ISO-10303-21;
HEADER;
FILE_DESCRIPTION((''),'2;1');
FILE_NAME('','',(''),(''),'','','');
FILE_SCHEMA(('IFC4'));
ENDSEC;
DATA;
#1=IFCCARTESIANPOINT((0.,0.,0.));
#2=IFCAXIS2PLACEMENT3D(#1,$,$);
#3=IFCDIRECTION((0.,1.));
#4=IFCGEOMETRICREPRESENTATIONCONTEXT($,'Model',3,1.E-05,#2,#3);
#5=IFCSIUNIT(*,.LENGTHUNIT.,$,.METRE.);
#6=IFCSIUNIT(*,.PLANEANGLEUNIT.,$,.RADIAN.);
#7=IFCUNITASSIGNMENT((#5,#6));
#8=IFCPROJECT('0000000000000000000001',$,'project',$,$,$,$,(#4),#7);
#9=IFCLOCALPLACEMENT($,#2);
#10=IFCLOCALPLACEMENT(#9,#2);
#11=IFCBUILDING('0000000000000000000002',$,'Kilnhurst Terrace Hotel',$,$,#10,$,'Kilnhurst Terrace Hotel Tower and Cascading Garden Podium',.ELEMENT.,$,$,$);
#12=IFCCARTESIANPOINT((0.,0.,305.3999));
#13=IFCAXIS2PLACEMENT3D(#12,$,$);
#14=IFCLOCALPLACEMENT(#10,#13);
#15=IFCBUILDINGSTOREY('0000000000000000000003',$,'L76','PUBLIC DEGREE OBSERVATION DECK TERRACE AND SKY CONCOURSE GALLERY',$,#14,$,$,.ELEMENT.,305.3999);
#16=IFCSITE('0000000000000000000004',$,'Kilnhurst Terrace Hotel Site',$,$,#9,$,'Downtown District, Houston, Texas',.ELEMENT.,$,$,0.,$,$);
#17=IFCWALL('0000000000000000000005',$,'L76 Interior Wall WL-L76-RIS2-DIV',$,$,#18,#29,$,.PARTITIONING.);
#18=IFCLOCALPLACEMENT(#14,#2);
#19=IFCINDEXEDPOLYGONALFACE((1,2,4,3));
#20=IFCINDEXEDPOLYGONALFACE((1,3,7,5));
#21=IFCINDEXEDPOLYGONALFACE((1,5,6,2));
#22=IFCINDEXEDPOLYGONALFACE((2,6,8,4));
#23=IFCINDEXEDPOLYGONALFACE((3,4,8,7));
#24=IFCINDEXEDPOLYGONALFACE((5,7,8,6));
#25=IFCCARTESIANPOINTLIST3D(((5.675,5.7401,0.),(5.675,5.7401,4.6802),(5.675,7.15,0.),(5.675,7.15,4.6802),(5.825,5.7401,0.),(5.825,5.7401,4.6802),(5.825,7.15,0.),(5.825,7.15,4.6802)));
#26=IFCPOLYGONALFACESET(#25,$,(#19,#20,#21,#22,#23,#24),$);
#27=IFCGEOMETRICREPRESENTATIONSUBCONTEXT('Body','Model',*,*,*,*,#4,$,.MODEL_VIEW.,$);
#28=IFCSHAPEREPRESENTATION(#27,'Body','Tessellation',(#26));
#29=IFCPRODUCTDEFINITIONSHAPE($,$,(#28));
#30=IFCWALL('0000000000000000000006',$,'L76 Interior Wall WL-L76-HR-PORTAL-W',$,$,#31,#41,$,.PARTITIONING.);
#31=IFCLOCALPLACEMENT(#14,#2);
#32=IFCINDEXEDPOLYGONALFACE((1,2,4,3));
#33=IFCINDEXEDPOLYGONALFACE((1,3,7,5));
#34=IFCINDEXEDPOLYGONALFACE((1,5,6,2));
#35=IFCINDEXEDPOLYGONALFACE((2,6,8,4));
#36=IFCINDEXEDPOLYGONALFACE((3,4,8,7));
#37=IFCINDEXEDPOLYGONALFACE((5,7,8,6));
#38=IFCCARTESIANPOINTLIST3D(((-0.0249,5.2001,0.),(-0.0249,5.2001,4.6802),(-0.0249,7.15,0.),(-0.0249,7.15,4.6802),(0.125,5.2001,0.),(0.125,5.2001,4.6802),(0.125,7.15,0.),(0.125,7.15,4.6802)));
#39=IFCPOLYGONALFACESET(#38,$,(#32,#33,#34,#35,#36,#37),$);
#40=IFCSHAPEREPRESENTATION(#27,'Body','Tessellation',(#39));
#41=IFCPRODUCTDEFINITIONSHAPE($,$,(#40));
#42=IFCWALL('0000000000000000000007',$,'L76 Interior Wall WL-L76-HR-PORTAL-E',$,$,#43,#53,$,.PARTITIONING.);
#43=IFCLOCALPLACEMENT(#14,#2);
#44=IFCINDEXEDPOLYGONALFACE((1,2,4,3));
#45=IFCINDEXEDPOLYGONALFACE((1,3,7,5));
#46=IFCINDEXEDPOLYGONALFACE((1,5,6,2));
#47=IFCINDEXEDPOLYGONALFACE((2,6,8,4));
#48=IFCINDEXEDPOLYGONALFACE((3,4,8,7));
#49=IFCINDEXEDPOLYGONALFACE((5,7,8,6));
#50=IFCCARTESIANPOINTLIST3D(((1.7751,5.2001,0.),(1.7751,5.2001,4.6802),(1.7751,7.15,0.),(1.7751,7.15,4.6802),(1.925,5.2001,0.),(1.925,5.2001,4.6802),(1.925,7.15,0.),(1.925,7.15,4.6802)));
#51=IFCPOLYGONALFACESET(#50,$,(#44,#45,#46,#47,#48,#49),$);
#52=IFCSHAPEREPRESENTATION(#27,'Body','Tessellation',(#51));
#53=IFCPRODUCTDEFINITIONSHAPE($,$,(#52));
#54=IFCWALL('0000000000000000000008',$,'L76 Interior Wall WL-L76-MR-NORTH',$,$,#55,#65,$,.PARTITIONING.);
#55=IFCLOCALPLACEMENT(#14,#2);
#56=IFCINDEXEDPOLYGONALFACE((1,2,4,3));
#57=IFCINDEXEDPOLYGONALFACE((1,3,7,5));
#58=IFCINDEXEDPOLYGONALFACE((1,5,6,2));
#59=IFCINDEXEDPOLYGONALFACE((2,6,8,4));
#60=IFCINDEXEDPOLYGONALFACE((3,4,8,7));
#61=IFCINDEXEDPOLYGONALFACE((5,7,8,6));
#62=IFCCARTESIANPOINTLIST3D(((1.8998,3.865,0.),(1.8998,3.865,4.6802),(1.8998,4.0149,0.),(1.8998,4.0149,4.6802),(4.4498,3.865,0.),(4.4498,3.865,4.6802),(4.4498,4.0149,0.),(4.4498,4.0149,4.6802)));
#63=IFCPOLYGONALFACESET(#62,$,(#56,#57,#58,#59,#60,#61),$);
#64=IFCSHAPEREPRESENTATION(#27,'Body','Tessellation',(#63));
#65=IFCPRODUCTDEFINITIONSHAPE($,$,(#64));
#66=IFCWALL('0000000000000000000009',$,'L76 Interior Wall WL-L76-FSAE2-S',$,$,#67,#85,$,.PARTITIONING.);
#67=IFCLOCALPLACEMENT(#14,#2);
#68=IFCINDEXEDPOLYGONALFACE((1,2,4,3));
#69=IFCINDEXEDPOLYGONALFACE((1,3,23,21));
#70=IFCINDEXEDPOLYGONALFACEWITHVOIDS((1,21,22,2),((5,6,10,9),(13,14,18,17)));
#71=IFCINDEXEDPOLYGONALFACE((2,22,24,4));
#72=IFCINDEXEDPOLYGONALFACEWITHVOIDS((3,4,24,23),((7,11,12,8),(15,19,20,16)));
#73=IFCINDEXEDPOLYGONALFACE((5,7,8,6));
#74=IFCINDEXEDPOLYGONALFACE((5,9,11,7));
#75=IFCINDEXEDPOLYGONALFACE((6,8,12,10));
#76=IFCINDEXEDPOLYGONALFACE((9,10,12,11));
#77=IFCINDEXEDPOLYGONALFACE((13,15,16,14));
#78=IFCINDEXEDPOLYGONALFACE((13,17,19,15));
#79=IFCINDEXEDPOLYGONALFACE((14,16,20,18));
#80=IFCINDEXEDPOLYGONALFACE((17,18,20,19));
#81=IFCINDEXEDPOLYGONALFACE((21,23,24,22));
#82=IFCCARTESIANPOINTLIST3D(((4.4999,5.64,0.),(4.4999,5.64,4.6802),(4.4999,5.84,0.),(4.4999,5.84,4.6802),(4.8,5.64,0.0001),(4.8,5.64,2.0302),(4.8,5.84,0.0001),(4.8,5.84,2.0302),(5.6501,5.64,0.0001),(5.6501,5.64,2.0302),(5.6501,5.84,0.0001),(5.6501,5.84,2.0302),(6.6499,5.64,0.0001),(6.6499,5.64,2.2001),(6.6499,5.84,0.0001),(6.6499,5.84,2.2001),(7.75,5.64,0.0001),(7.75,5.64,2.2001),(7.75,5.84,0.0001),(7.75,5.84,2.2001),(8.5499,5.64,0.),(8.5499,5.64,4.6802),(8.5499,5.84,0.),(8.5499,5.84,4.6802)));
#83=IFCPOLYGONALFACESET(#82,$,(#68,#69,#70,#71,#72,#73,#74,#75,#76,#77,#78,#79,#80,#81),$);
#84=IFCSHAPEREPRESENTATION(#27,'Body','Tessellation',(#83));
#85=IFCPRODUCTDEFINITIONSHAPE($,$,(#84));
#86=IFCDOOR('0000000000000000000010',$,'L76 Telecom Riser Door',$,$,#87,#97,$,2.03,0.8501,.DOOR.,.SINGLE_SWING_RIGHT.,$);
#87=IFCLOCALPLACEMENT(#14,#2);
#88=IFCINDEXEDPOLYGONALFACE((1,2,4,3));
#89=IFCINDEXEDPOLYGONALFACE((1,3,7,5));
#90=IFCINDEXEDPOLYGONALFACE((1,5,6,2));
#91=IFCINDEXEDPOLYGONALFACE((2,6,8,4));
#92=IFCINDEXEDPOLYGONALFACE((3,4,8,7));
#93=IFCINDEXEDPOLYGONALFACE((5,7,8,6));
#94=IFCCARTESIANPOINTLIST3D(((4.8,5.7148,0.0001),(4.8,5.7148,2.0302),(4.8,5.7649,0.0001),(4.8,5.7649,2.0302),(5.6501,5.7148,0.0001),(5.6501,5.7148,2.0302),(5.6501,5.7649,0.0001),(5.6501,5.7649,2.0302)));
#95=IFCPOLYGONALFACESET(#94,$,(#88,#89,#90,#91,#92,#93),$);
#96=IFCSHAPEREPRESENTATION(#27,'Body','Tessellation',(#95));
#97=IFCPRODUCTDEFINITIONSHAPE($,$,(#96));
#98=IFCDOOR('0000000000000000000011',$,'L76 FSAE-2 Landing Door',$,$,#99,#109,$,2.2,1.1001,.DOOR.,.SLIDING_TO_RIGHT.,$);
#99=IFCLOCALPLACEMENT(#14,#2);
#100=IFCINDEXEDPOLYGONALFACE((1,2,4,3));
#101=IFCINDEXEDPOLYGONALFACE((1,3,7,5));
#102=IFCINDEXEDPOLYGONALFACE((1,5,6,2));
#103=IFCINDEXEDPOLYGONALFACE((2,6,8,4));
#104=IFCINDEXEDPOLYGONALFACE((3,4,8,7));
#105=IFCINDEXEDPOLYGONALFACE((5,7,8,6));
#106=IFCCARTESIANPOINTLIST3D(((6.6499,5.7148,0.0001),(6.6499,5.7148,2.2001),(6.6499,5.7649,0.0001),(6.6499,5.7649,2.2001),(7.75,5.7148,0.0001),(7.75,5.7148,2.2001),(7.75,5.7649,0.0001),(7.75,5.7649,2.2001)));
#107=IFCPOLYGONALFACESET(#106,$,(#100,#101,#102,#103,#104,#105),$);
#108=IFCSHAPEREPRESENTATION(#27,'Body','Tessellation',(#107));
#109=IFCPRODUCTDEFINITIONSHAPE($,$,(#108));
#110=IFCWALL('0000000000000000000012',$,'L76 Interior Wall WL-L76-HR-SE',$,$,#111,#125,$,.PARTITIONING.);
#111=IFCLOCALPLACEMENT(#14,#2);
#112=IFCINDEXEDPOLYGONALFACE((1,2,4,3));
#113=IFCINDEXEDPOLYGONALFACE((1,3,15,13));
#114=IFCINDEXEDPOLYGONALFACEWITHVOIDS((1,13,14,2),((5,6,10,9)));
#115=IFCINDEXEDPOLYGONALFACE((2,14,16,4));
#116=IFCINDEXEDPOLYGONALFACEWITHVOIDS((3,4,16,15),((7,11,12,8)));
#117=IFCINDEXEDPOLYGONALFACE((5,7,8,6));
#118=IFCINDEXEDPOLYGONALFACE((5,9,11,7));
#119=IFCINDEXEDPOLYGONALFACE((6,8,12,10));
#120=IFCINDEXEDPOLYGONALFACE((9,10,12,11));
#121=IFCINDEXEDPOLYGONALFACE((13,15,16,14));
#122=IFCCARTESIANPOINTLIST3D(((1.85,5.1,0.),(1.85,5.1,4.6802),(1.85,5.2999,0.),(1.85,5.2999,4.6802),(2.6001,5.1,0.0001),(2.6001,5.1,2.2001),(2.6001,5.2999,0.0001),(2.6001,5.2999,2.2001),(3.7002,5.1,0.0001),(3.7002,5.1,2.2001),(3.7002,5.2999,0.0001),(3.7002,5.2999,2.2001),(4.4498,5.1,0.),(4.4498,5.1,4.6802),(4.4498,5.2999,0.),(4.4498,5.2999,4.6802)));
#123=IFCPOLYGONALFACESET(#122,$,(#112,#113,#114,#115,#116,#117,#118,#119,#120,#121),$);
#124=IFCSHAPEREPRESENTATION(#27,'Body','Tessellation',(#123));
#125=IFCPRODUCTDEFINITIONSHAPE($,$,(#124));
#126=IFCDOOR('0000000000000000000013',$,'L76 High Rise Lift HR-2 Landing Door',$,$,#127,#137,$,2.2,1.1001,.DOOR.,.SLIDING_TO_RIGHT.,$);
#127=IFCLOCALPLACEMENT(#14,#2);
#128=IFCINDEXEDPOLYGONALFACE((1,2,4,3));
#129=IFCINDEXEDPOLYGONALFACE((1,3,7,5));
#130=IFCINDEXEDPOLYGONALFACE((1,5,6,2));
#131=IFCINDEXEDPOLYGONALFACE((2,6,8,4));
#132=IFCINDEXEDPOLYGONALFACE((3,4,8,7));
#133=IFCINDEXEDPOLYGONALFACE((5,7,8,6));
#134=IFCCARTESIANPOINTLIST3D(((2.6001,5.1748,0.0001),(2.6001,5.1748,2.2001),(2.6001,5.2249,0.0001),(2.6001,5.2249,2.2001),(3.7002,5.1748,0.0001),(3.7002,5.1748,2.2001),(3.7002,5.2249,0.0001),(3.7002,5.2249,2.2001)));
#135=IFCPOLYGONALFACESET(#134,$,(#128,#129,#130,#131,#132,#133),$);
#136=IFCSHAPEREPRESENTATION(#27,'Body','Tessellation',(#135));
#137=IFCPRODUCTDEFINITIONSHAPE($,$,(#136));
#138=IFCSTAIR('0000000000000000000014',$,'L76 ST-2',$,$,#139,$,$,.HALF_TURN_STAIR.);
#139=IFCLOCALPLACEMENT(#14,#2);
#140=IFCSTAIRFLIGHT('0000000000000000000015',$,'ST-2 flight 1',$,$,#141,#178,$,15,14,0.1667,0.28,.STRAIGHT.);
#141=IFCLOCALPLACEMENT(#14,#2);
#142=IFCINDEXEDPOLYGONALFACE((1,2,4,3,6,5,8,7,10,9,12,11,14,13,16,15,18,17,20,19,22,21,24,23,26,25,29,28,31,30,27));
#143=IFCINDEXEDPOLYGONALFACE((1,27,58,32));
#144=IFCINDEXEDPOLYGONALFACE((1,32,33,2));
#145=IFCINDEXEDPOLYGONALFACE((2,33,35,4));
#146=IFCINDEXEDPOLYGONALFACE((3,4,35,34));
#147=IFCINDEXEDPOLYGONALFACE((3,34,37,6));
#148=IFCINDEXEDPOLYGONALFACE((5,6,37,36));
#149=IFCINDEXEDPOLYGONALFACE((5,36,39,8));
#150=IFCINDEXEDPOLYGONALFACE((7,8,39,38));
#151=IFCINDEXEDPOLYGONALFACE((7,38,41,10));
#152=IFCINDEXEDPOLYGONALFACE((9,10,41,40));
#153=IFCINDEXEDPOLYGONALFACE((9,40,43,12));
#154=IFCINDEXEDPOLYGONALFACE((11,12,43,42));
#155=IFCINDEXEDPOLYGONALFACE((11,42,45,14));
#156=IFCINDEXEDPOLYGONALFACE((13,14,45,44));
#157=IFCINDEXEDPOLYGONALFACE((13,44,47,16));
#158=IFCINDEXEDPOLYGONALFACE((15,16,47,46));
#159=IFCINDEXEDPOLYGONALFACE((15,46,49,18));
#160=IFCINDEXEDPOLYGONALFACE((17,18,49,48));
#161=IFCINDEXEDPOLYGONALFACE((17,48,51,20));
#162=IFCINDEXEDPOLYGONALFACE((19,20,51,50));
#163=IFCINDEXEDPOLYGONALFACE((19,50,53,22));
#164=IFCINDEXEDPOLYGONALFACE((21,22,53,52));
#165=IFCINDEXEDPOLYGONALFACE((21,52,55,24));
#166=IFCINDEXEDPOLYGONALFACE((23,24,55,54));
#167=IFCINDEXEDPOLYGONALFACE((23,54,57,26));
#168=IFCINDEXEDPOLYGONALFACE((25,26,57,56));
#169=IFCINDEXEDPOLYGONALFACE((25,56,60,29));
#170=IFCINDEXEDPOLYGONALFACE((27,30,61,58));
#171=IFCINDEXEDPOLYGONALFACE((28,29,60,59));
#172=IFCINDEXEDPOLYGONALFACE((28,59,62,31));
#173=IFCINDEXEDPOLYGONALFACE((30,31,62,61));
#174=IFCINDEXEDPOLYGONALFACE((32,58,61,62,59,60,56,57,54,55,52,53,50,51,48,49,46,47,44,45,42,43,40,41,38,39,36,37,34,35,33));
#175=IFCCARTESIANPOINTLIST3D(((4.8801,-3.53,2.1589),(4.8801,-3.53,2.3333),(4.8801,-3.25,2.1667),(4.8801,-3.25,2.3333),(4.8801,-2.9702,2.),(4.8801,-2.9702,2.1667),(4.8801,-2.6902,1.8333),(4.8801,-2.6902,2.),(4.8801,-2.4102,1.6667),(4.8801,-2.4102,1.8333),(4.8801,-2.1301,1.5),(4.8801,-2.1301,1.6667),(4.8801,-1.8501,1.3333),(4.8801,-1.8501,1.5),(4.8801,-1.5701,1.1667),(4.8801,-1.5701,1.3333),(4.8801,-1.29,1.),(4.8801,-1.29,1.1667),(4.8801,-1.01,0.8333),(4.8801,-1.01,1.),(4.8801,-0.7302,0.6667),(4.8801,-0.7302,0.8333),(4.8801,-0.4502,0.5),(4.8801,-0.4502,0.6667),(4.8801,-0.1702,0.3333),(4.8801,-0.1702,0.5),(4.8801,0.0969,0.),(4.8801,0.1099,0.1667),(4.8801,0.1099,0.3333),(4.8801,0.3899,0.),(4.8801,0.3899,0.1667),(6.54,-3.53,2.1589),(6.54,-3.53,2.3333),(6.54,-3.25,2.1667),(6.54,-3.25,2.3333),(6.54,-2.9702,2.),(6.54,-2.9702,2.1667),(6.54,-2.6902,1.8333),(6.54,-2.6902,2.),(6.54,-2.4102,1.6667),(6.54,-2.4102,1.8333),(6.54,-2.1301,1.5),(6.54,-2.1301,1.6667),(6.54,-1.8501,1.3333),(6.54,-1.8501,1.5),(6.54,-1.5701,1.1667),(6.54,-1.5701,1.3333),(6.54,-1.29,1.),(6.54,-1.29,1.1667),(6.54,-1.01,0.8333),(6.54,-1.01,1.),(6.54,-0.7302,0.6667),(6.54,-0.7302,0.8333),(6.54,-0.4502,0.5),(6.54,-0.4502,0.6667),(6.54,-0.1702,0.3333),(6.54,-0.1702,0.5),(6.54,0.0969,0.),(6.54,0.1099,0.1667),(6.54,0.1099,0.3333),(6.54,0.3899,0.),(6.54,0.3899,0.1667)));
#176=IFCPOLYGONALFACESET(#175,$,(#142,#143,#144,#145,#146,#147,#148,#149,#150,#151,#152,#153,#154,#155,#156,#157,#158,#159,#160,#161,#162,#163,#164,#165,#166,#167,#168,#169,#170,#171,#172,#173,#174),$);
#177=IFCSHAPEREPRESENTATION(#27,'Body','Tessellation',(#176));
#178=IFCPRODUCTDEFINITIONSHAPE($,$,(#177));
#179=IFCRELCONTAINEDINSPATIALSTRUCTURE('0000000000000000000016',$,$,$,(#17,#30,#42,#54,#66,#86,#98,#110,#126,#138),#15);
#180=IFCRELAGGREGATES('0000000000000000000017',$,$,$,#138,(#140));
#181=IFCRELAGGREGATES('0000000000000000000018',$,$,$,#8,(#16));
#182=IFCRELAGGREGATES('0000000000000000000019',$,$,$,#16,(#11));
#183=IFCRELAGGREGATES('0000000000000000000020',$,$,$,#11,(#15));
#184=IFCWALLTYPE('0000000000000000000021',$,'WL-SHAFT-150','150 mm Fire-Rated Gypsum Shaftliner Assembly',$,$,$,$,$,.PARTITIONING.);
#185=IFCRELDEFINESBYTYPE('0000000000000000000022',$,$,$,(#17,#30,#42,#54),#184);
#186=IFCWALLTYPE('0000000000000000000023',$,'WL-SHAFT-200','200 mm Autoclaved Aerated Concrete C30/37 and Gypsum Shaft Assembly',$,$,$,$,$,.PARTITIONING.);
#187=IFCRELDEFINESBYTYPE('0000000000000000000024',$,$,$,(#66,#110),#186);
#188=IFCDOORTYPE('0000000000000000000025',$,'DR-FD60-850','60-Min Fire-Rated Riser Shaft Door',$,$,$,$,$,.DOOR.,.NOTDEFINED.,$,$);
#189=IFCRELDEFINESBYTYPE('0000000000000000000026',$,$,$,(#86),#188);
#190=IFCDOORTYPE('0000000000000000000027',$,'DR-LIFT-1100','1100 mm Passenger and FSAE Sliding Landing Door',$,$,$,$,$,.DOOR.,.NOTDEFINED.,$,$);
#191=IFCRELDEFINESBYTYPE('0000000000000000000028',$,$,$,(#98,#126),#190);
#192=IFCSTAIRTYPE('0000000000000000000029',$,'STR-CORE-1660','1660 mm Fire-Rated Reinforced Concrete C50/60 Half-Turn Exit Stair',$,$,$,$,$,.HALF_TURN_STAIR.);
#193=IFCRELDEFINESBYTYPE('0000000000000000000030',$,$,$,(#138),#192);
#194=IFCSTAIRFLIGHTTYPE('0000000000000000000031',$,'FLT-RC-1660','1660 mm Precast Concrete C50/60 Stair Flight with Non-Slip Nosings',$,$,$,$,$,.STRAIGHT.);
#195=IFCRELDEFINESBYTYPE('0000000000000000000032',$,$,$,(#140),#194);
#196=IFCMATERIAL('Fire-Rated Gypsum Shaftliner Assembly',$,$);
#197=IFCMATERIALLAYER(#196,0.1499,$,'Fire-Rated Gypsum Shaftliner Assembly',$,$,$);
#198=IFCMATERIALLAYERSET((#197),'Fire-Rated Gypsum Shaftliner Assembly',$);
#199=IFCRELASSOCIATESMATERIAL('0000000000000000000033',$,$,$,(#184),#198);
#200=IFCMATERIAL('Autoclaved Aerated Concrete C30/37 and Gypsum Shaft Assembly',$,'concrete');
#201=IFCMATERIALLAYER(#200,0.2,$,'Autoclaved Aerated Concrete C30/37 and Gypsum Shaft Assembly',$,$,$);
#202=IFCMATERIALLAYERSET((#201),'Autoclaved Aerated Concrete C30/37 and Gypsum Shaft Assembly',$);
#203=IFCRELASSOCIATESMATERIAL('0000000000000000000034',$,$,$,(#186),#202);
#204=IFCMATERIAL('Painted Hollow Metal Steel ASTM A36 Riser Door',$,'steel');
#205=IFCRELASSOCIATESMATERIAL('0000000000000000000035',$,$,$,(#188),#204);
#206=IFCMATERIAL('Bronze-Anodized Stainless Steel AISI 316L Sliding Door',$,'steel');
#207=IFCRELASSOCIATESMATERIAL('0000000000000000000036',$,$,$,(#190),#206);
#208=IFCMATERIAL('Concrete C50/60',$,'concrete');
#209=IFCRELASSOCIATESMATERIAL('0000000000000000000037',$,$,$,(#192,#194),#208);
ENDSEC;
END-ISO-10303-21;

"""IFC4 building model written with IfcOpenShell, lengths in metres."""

from ifc_helpers import new_model, si_unit, direction, frame, frame_2d, origin, place, context, subcontext, project, spatial, polyline, rectangle, outline, extrude, material, layer, layer_set, type_object, element, fill, aggregate, save


model = new_model("IFC4")

# Units and contexts
model_context = context("Model", 3, precision=1e-05, world=origin(), true_north=direction((0.0, 1.0)))
body_context = subcontext(model_context, "Body", "Model", "MODEL_VIEW")
ifc_project = project(units=[si_unit("LENGTHUNIT", "METRE"), si_unit("PLANEANGLEUNIT", "RADIAN")], contexts=[model_context])

# Site, building, storey
site_placement = place(None, origin())
site = spatial("IfcSite", under=ifc_project, at=site_placement, Name="Kilnhurst Terrace Hotel Site", LongName="Downtown District, Houston, Texas", CompositionType="ELEMENT", RefElevation=0.0)
building_placement = place(site_placement, origin())
building = spatial("IfcBuilding", under=site, at=building_placement, Name="Kilnhurst Terrace Hotel", LongName="Kilnhurst Terrace Hotel Tower and Cascading Garden Podium", CompositionType="ELEMENT")
storey_placement = place(building_placement, frame((0.0, 0.0, 305.3999)))
storey = spatial("IfcBuildingStorey", under=building, at=storey_placement, Name="L76", Description="PUBLIC DEGREE OBSERVATION DECK TERRACE AND SKY CONCOURSE GALLERY", CompositionType="ELEMENT", Elevation=305.3999)

# Shared definitions
ifc_material_1 = material(Name="Concrete C50/60", Category="concrete")

# Walls
ifc_material_2 = material(Name="Fire-Rated Gypsum Shaftliner Assembly")
ifc_layer_1 = layer(ifc_material_2, 0.1499, Name="Fire-Rated Gypsum Shaftliner Assembly")
ifc_layer_set_1 = layer_set([ifc_layer_1], Name="Fire-Rated Gypsum Shaftliner Assembly")
wall_type_1 = type_object("IfcWallType", Name="WL-SHAFT-150", Description="150 mm Fire-Rated Gypsum Shaftliner Assembly", PredefinedType="PARTITIONING", material=ifc_layer_set_1)
wall_1_placement = place(storey_placement, frame((5.75, 5.74, 0.0), z_axis=(0.0, 0.0, 1.0), x_axis=(0.0, 1.0, 0.0)))
element("IfcWall", 1, at=wall_1_placement, inside=storey, type_object=wall_type_1, Name="L76 Interior Wall WL-L76-RIS2-DIV", PredefinedType="PARTITIONING", context=body_context, shape_type="SweptSolid", body=[
    extrude(rectangle(XDim=1.4099, YDim=0.1499, at=frame_2d((0.7051, 0.0))), origin(), (0.0, 0.0, 1.0), 4.6802),
])
for number, where, z_axis, x_axis, name in (
    (2, (0.05, 5.2, 0.0), (0.0, 0.0, 1.0), (0.0, 1.0, 0.0), "L76 Interior Wall WL-L76-HR-PORTAL-W"),
    (3, (1.8501, 5.2, 0.0), (0.0, 0.0, 1.0), (0.0, 1.0, 0.0), "L76 Interior Wall WL-L76-HR-PORTAL-E"),
):
    element("IfcWall", number, at=place(storey_placement, frame(where, z_axis=z_axis, x_axis=x_axis)), inside=storey, type_object=wall_type_1, Name=name, PredefinedType="PARTITIONING", context=body_context, shape_type="SweptSolid", body=[
        extrude(rectangle(XDim=1.95, YDim=0.1499, at=frame_2d((0.9751, 0.0))), origin(), (0.0, 0.0, 1.0), 4.6802),
    ])
wall_2_placement = place(storey_placement, frame((1.8999, 3.9399, 0.0), z_axis=(0.0, 0.0, 1.0), x_axis=(1.0, 0.0, 0.0)))
element("IfcWall", 4, at=wall_2_placement, inside=storey, type_object=wall_type_1, Name="L76 Interior Wall WL-L76-MR-NORTH", PredefinedType="PARTITIONING", context=body_context, shape_type="SweptSolid", body=[
    extrude(rectangle(XDim=2.55, YDim=0.1499, at=frame_2d((1.2749, 0.0))), origin(), (0.0, 0.0, 1.0), 4.6802),
])

# Wall, openings, doors
ifc_material_3 = material(Name="Autoclaved Aerated Concrete C30/37 and Gypsum Shaft Assembly", Category="concrete")
ifc_layer_2 = layer(ifc_material_3, 0.2, Name="Autoclaved Aerated Concrete C30/37 and Gypsum Shaft Assembly")
ifc_layer_set_2 = layer_set([ifc_layer_2], Name="Autoclaved Aerated Concrete C30/37 and Gypsum Shaft Assembly")
wall_type_2 = type_object("IfcWallType", Name="WL-SHAFT-200", Description="200 mm Autoclaved Aerated Concrete C30/37 and Gypsum Shaft Assembly", PredefinedType="PARTITIONING", material=ifc_layer_set_2)
wall_3_placement = place(storey_placement, frame((4.5, 5.74, 0.0), z_axis=(0.0, 0.0, 1.0), x_axis=(1.0, 0.0, 0.0)))
wall_3 = element("IfcWall", 5, at=wall_3_placement, inside=storey, type_object=wall_type_2, Name="L76 Interior Wall WL-L76-FSAE2-S", PredefinedType="PARTITIONING", context=body_context, shape_type="SweptSolid", body=[
    extrude(rectangle(XDim=4.05, YDim=0.2, at=frame_2d((2.0249, 0.0))), origin(), (0.0, 0.0, 1.0), 4.6802),
])
opening_1_placement = place(wall_3_placement, frame((0.3, 0.0, 0.0)))
opening_1 = element("IfcOpeningElement", 6, at=opening_1_placement, cuts=wall_3, PredefinedType="OPENING", context=body_context, shape_type="SweptSolid", body=[
    extrude(rectangle(XDim=0.8501, YDim=2.03, at=frame_2d((0.425, 1.0151))), frame((0.0, 0.1099, 0.0), z_axis=(0.0, -1.0, 0.0), x_axis=(1.0, 0.0, 0.0)), (0.0, 0.0, 1.0), 0.22),
])
opening_2_placement = place(wall_3_placement, frame((2.1499, 0.0, 0.0)))
opening_2 = element("IfcOpeningElement", 7, at=opening_2_placement, cuts=wall_3, PredefinedType="OPENING", context=body_context, shape_type="SweptSolid", body=[
    extrude(rectangle(XDim=1.1001, YDim=2.2, at=frame_2d((0.55, 1.1001))), frame((0.0, 0.1099, 0.0), z_axis=(0.0, -1.0, 0.0), x_axis=(1.0, 0.0, 0.0)), (0.0, 0.0, 1.0), 0.22),
])
ifc_material_4 = material(Name="Painted Hollow Metal Steel ASTM A36 Riser Door", Category="steel")
door_type_1 = type_object("IfcDoorType", Name="DR-FD60-850", Description="60-Min Fire-Rated Riser Shaft Door", OperationType="NOTDEFINED", PredefinedType="DOOR", material=ifc_material_4)
door_1_placement = place(opening_1_placement, origin())
door_1 = element("IfcDoor", 8, at=door_1_placement, inside=storey, type_object=door_type_1, Name="L76 Telecom Riser Door", OperationType="SINGLE_SWING_RIGHT", OverallHeight=2.03, OverallWidth=0.8501, PredefinedType="DOOR", context=body_context, shape_type="SweptSolid", body=[
    extrude(rectangle(XDim=0.8501, YDim=2.03, at=frame_2d((0.425, 1.0151))), frame((0.0, 0.0249, 0.0), z_axis=(0.0, -1.0, 0.0), x_axis=(1.0, 0.0, 0.0)), (0.0, 0.0, 1.0), 0.05),
])
fill(opening_1, door_1)
ifc_material_5 = material(Name="Bronze-Anodized Stainless Steel AISI 316L Sliding Door", Category="steel")
door_type_2 = type_object("IfcDoorType", Name="DR-LIFT-1100", Description="1100 mm Passenger and FSAE Sliding Landing Door", OperationType="NOTDEFINED", PredefinedType="DOOR", material=ifc_material_5)
door_2_placement = place(opening_2_placement, origin())
door_2 = element("IfcDoor", 9, at=door_2_placement, inside=storey, type_object=door_type_2, Name="L76 FSAE-2 Landing Door", OperationType="SLIDING_TO_RIGHT", OverallHeight=2.2, OverallWidth=1.1001, PredefinedType="DOOR", context=body_context, shape_type="SweptSolid", body=[
    extrude(rectangle(XDim=1.1001, YDim=2.2, at=frame_2d((0.55, 1.1001))), frame((0.0, 0.0249, 0.0), z_axis=(0.0, -1.0, 0.0), x_axis=(1.0, 0.0, 0.0)), (0.0, 0.0, 1.0), 0.05),
])
fill(opening_2, door_2)

# Wall, opening, door
wall_4_placement = place(storey_placement, frame((1.8501, 5.2, 0.0), z_axis=(0.0, 0.0, 1.0), x_axis=(1.0, 0.0, 0.0)))
wall_4 = element("IfcWall", 10, at=wall_4_placement, inside=storey, type_object=wall_type_2, Name="L76 Interior Wall WL-L76-HR-SE", PredefinedType="PARTITIONING", context=body_context, shape_type="SweptSolid", body=[
    extrude(rectangle(XDim=2.5999, YDim=0.2, at=frame_2d((1.2998, 0.0))), origin(), (0.0, 0.0, 1.0), 4.6802),
])
opening_3_placement = place(wall_4_placement, frame((0.75, 0.0, 0.0)))
opening_3 = element("IfcOpeningElement", 11, at=opening_3_placement, cuts=wall_4, PredefinedType="OPENING", context=body_context, shape_type="SweptSolid", body=[
    extrude(rectangle(XDim=1.1001, YDim=2.2, at=frame_2d((0.55, 1.1001))), frame((0.0, 0.1099, 0.0), z_axis=(0.0, -1.0, 0.0), x_axis=(1.0, 0.0, 0.0)), (0.0, 0.0, 1.0), 0.22),
])
door_3_placement = place(opening_3_placement, origin())
door_3 = element("IfcDoor", 12, at=door_3_placement, inside=storey, type_object=door_type_2, Name="L76 High Rise Lift HR-2 Landing Door", OperationType="SLIDING_TO_RIGHT", OverallHeight=2.2, OverallWidth=1.1001, PredefinedType="DOOR", context=body_context, shape_type="SweptSolid", body=[
    extrude(rectangle(XDim=1.1001, YDim=2.2, at=frame_2d((0.55, 1.1001))), frame((0.0, 0.0249, 0.0), z_axis=(0.0, -1.0, 0.0), x_axis=(1.0, 0.0, 0.0)), (0.0, 0.0, 1.0), 0.05),
])
fill(opening_3, door_3)

# Stair, stair flight
stair_type = type_object("IfcStairType", Name="STR-CORE-1660", Description="1660 mm Fire-Rated Reinforced Concrete C50/60 Half-Turn Exit Stair", PredefinedType="HALF_TURN_STAIR", material=ifc_material_1)
stair_placement = place(storey_placement, origin())
stair = element("IfcStair", 13, at=stair_placement, inside=storey, type_object=stair_type, Name="L76 ST-2", PredefinedType="HALF_TURN_STAIR")
stair_flight_type = type_object("IfcStairFlightType", Name="FLT-RC-1660", Description="1660 mm Precast Concrete C50/60 Stair Flight with Non-Slip Nosings", PredefinedType="STRAIGHT", material=ifc_material_1)
stair_flight_placement = place(storey_placement, frame((5.71, 0.3899, 0.0), z_axis=(0.0, 0.0, 1.0), x_axis=(0.0, -1.0, 0.0)))
stair_flight = element("IfcStairFlight", 14, at=stair_flight_placement, type_object=stair_flight_type, Name="ST-2 flight 1", NumberOfRisers=15, NumberOfTreads=14, PredefinedType="STRAIGHT", RiserHeight=0.1667, TreadLength=0.28, context=body_context, shape_type="SweptSolid", body=[
    extrude(outline(polyline([(0.0, 0.0), (0.0, 0.1667), (0.28, 0.1667), (0.28, 0.3333), (0.5601, 0.3333), (0.5601, 0.5), (0.8401, 0.5), (0.8401, 0.6667), (1.1201, 0.6667), (1.1201, 0.8333), (1.3999, 0.8333), (1.3999, 1.0), (1.6799, 1.0), (1.6799, 1.1667), (1.96, 1.1667), (1.96, 1.3333), (2.24, 1.3333), (2.24, 1.5), (2.52, 1.5), (2.52, 1.6667), (2.8, 1.6667), (2.8, 1.8333), (3.0801, 1.8333), (3.0801, 2.0), (3.3601, 2.0), (3.3601, 2.1667), (3.6399, 2.1667), (3.6399, 2.3333), (3.9199, 2.3333), (3.9199, 2.5), (3.9199, 2.1589), (0.293, 0.0), (0.0, 0.0)])), frame((0.0, 0.8301, 0.0), z_axis=(0.0, -1.0, 0.0), x_axis=(1.0, 0.0, 0.0)), (0.0, 0.0, 1.0), 1.6599),
])
aggregate(stair, [stair_flight])

save(model, "model.ifc")
